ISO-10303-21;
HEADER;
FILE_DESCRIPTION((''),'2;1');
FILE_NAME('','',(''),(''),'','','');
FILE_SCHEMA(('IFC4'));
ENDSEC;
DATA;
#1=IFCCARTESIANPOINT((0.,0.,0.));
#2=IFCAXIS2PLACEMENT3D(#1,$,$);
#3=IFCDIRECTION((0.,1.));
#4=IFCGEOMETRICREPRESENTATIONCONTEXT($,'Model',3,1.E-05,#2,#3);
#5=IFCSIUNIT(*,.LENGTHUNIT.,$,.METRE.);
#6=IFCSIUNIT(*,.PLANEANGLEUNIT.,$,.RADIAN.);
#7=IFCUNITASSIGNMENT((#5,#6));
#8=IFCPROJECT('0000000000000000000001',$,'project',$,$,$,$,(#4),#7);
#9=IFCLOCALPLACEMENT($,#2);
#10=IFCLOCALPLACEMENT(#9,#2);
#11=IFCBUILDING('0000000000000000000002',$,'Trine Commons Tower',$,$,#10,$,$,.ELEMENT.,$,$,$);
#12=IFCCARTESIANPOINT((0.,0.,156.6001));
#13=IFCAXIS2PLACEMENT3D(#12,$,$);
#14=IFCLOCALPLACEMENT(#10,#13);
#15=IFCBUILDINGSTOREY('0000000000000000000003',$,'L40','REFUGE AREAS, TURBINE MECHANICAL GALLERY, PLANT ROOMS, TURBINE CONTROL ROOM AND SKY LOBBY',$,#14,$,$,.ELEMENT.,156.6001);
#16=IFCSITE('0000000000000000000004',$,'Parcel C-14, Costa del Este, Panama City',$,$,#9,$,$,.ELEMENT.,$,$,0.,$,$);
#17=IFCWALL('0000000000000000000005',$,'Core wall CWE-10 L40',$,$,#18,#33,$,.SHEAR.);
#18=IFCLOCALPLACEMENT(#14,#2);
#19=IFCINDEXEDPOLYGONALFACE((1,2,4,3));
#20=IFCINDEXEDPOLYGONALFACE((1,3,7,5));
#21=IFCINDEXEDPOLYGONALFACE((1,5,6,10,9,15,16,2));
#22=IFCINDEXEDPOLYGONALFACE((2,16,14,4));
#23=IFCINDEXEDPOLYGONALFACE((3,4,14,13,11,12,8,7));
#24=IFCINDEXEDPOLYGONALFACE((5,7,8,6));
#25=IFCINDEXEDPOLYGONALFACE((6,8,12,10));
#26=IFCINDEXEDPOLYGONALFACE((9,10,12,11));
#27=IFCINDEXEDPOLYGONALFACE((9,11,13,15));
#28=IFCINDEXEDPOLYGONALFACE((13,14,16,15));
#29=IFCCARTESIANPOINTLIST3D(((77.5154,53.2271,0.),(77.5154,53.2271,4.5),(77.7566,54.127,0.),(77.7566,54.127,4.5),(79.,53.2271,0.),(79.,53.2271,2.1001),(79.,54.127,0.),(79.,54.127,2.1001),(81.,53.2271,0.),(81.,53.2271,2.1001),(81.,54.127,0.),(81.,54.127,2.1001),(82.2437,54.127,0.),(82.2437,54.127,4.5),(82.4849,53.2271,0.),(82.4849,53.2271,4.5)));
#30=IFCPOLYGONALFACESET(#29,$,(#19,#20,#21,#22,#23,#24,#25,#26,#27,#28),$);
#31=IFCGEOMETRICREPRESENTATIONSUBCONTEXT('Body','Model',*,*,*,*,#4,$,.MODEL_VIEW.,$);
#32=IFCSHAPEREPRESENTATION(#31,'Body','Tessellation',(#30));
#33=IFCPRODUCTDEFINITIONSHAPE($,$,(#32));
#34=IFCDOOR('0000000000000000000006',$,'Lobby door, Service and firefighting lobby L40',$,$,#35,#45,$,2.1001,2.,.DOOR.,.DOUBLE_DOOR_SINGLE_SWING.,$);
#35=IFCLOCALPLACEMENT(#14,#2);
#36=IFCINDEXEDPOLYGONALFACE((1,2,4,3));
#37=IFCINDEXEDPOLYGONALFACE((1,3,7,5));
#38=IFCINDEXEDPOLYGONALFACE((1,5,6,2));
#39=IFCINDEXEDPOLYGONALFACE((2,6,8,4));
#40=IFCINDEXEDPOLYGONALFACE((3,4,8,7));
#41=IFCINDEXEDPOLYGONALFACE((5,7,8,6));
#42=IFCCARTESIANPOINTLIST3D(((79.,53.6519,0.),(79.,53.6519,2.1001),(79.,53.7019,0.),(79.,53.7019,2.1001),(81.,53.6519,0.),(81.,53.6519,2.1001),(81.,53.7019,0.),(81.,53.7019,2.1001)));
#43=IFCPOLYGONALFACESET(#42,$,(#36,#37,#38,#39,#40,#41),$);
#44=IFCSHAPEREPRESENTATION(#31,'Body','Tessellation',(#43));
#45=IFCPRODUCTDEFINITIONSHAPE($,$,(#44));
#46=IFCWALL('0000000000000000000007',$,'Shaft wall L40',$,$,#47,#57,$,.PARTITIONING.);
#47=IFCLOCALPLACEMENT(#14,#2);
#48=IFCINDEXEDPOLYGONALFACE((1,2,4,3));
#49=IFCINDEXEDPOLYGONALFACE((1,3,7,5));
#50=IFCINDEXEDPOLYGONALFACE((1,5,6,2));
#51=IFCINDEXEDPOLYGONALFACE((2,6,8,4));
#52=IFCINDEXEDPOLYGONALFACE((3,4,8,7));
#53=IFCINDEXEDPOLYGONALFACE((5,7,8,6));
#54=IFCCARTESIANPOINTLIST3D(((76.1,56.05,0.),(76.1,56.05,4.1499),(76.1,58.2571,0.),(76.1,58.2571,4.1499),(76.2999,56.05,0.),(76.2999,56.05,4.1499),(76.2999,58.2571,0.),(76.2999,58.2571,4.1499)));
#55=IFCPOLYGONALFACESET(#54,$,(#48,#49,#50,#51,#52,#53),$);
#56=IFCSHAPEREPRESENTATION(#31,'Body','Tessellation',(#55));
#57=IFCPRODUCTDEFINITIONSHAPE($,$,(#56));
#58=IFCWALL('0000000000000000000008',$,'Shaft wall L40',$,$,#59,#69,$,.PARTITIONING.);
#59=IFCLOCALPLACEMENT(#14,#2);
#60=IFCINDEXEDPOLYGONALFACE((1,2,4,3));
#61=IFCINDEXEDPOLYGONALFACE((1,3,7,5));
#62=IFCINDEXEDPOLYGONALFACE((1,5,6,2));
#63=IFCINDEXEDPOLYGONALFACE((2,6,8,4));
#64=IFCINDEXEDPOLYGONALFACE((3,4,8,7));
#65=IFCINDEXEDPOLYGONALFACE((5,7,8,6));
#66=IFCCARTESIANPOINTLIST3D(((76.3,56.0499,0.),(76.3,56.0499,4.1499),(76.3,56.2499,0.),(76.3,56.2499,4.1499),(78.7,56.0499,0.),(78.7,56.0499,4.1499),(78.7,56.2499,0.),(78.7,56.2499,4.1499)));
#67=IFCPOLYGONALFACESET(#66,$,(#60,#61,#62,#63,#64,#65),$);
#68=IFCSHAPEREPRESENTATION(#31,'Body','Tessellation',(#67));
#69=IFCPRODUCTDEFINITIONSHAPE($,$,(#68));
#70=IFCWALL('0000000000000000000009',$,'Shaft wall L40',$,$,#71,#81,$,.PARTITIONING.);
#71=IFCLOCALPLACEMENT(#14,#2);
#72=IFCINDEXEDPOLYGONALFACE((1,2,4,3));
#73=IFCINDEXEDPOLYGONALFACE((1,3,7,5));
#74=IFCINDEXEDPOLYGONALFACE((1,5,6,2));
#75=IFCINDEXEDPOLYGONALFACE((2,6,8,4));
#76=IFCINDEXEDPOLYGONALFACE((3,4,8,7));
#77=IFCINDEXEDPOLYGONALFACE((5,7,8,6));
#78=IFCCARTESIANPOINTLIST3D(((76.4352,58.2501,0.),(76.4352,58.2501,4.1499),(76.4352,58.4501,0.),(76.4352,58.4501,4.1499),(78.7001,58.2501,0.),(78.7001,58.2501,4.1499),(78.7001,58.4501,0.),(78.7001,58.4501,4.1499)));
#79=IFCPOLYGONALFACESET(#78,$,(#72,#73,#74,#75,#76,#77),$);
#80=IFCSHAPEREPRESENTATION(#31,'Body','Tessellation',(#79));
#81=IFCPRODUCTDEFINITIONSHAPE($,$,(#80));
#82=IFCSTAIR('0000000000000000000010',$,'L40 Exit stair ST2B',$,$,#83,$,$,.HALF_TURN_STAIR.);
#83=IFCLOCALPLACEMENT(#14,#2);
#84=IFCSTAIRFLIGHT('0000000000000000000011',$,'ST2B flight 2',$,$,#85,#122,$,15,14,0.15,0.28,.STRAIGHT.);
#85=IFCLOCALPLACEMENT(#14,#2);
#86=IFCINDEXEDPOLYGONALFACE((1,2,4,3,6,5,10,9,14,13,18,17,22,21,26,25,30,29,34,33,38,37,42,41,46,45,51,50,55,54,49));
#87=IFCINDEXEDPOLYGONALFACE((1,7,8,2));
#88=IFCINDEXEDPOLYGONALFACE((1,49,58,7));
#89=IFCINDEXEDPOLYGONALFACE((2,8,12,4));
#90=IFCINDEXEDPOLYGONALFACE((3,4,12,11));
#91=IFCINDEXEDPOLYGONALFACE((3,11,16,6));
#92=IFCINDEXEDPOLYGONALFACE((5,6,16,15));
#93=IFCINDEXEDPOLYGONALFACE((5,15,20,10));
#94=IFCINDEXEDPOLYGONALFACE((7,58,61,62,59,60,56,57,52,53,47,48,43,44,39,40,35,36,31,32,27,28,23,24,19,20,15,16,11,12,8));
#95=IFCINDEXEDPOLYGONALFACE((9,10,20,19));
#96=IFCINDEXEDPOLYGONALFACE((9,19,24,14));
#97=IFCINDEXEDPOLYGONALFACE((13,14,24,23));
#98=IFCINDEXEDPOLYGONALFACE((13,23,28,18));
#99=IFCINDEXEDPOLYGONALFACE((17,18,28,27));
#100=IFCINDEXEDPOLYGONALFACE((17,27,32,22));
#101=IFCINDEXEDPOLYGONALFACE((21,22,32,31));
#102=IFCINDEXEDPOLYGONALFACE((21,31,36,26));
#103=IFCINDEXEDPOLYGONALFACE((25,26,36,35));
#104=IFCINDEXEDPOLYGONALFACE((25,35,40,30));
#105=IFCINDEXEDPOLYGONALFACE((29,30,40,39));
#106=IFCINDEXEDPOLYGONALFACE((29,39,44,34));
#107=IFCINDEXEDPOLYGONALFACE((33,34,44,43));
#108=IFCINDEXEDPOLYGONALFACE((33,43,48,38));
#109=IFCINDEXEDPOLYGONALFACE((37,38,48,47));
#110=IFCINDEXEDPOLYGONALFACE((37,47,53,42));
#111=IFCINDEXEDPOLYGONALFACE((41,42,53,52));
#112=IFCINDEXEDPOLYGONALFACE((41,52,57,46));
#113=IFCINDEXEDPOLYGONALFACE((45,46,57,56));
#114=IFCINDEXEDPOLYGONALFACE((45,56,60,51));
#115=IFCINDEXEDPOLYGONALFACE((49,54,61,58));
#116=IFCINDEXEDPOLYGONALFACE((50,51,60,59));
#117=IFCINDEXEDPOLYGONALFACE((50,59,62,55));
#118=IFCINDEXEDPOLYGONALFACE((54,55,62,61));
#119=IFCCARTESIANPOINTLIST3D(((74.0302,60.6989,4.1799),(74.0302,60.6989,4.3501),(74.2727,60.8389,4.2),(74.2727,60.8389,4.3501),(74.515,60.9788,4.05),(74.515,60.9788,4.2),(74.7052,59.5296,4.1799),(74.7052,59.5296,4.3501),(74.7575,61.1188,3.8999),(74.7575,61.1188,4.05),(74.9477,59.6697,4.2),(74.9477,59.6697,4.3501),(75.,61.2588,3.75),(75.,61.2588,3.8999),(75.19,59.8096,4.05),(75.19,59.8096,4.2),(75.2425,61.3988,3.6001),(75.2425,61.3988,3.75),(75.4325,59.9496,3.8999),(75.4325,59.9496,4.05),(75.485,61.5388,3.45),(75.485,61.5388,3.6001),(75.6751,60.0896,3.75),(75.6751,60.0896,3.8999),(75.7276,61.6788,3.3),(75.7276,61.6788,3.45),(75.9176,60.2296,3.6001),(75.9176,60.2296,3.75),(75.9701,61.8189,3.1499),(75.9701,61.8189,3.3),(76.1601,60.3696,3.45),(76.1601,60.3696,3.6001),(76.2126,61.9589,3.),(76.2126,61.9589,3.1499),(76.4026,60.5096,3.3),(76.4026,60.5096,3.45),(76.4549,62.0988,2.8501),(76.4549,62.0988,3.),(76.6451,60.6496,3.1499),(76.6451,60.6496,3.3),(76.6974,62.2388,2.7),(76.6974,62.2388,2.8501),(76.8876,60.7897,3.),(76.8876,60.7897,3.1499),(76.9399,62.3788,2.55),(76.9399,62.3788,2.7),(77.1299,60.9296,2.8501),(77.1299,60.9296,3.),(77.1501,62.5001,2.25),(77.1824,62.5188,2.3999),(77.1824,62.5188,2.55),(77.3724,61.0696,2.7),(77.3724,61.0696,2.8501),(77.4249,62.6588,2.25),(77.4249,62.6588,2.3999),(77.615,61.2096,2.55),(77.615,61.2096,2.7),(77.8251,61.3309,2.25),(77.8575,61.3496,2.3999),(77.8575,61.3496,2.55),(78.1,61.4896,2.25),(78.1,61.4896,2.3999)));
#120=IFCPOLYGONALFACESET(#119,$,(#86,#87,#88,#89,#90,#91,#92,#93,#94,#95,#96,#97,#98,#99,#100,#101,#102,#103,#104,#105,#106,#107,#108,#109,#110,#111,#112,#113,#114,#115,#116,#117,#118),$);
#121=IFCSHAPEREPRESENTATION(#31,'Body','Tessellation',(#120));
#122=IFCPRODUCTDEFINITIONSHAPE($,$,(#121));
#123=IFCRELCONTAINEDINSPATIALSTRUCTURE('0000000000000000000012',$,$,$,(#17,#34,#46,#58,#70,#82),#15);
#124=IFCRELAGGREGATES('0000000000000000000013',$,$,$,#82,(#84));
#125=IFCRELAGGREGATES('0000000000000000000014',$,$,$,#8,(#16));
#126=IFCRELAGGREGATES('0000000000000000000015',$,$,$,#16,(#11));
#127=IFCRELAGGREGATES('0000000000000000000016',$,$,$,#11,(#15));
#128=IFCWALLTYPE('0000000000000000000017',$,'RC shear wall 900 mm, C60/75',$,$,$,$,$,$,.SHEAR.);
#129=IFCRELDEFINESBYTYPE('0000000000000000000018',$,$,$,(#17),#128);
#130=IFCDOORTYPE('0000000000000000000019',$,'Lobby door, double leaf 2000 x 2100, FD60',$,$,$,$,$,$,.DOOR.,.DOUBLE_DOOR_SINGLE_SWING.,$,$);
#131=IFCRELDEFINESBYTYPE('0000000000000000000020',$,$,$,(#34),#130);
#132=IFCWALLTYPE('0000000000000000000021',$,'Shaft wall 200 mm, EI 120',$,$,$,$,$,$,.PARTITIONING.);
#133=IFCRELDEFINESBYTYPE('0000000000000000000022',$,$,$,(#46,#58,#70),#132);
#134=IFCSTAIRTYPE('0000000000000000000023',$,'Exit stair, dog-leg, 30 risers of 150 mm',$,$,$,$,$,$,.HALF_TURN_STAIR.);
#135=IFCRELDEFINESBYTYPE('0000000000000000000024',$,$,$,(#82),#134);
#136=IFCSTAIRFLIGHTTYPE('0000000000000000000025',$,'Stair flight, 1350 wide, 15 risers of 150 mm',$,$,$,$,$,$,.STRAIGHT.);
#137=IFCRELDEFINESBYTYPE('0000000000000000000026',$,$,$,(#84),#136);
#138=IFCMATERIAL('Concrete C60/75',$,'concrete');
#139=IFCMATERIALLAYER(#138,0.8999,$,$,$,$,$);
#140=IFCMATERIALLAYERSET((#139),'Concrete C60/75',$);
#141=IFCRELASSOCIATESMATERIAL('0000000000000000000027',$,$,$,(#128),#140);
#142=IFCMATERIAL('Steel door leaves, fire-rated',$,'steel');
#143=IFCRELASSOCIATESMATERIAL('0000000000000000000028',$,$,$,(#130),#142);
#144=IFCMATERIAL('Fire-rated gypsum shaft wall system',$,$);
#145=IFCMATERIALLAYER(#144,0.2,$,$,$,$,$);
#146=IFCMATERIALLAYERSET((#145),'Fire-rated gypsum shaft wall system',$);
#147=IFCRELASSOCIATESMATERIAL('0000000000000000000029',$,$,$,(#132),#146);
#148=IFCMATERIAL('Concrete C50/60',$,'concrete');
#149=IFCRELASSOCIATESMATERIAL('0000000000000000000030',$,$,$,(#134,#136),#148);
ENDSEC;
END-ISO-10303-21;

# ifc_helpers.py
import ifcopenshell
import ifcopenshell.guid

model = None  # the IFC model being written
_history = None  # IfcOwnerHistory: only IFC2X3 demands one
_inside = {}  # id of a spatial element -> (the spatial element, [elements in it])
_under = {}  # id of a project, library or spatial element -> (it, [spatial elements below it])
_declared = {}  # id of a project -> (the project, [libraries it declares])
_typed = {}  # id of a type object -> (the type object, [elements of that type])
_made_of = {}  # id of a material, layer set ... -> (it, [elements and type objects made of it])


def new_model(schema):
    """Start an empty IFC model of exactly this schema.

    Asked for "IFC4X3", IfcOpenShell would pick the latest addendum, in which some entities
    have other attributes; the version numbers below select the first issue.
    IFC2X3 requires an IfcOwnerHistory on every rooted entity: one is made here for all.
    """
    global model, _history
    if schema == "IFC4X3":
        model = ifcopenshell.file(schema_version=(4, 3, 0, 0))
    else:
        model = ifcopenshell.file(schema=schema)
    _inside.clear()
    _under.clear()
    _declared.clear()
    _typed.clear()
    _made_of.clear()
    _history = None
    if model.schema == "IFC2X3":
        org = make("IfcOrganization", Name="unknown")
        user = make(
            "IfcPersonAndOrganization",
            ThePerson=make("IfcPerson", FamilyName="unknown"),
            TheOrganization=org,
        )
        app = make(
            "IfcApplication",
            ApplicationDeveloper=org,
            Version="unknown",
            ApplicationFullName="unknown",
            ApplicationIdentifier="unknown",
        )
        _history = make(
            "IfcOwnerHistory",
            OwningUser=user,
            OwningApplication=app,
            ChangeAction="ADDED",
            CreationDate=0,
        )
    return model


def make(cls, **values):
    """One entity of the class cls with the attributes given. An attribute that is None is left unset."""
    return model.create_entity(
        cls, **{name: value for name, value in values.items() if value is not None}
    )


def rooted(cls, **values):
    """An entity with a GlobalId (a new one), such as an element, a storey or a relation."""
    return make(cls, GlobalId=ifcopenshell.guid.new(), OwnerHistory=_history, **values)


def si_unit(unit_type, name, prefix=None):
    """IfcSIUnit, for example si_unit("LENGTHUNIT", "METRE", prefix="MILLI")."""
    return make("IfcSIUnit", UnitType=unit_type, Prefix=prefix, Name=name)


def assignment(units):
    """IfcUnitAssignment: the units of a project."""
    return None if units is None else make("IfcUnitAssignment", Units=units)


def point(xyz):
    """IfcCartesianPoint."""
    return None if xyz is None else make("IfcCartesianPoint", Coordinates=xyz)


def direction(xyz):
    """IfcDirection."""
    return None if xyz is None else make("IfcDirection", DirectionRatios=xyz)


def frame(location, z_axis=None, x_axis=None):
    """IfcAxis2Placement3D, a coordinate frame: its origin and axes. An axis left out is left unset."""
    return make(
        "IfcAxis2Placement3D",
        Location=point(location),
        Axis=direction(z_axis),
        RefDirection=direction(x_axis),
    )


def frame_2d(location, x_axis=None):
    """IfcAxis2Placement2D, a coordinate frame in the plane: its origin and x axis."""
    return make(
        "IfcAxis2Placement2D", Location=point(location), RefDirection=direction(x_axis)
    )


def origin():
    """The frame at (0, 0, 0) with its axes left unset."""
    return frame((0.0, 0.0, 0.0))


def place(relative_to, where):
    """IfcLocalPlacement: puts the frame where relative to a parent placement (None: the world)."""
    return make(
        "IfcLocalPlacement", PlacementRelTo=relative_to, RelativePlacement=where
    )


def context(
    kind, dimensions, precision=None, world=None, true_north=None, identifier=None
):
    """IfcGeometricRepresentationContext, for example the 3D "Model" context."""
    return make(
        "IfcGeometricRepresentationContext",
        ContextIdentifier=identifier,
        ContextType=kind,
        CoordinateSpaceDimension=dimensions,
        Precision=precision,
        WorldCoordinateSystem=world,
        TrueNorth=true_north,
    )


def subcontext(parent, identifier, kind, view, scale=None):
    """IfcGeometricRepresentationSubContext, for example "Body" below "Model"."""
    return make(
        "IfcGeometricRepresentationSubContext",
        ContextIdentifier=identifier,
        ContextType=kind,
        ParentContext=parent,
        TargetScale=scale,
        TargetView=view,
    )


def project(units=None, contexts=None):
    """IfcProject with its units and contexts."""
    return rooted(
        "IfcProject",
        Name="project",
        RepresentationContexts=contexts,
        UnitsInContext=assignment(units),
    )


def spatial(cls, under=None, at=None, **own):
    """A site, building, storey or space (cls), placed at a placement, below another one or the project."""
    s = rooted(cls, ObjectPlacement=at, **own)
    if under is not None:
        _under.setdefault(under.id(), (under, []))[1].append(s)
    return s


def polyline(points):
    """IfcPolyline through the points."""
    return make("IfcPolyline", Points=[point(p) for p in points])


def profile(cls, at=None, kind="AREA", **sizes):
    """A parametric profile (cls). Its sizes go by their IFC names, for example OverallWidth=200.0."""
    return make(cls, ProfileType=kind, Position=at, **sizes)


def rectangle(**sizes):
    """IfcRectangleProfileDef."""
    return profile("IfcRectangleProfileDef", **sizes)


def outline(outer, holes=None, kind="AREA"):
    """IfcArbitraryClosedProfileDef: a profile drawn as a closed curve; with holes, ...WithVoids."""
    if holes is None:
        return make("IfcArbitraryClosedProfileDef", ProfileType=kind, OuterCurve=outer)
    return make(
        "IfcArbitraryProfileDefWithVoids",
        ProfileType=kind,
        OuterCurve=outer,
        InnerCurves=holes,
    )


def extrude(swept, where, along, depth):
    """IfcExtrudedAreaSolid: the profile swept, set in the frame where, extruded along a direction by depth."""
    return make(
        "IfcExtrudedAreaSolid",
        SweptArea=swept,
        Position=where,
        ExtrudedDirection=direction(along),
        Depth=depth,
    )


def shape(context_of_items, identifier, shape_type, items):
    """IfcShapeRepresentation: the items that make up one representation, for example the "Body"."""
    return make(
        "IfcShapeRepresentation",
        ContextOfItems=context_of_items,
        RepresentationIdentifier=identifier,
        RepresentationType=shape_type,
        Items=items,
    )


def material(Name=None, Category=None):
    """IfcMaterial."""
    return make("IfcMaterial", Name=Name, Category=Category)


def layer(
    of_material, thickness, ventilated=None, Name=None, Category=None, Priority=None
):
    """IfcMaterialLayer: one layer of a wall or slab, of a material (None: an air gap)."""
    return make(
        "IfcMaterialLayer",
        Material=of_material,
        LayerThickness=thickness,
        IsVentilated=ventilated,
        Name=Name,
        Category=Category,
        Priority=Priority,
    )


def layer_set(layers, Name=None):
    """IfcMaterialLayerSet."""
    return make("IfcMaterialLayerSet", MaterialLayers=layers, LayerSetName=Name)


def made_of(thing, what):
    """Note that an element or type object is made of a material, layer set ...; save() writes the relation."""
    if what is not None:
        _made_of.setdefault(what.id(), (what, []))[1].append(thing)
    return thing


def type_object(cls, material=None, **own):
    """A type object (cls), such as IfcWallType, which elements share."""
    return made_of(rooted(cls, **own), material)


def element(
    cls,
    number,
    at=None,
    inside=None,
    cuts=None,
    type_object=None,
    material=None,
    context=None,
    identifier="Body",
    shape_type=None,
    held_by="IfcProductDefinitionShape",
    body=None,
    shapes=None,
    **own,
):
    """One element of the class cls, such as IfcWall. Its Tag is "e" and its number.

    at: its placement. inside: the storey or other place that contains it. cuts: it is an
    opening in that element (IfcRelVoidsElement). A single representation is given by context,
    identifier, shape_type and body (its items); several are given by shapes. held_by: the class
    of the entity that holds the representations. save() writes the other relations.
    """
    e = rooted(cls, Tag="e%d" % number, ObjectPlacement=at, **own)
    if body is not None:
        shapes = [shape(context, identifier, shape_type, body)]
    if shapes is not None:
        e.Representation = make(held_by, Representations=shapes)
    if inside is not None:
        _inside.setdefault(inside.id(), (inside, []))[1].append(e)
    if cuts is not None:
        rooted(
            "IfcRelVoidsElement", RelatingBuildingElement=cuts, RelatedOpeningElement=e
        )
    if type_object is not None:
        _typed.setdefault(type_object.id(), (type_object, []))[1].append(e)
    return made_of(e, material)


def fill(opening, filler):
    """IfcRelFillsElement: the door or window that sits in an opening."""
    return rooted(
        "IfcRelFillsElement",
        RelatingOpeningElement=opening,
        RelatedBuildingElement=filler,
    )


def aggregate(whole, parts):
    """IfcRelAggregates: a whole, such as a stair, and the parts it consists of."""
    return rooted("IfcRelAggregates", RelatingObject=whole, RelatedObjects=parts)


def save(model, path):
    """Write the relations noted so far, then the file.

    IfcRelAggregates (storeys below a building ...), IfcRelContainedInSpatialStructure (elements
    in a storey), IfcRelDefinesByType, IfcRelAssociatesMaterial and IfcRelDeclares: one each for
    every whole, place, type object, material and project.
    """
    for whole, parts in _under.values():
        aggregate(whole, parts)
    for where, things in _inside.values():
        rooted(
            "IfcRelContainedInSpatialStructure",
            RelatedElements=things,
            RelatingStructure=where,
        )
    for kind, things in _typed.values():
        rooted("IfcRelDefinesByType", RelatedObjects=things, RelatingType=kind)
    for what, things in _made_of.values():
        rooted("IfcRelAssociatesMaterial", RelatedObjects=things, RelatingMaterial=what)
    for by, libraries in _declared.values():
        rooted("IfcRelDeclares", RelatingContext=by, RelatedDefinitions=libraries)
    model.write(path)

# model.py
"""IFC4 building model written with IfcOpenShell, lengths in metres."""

from ifc_helpers import new_model, si_unit, direction, frame, frame_2d, origin, place, context, subcontext, project, spatial, polyline, rectangle, outline, extrude, material, layer, layer_set, type_object, element, fill, aggregate, save


model = new_model("IFC4")

# Units and contexts
model_context = context("Model", 3, precision=1e-05, world=origin(), true_north=direction((0.0, 1.0)))
body_context = subcontext(model_context, "Body", "Model", "MODEL_VIEW")
ifc_project = project(units=[si_unit("LENGTHUNIT", "METRE"), si_unit("PLANEANGLEUNIT", "RADIAN")], contexts=[model_context])

# Site, building, storey
site_placement = place(None, origin())
site = spatial("IfcSite", under=ifc_project, at=site_placement, Name="Parcel C-14, Costa del Este, Panama City", CompositionType="ELEMENT", RefElevation=0.0)
building_placement = place(site_placement, origin())
building = spatial("IfcBuilding", under=site, at=building_placement, Name="Trine Commons Tower", CompositionType="ELEMENT")
storey_placement = place(building_placement, frame((0.0, 0.0, 156.6001)))
storey = spatial("IfcBuildingStorey", under=building, at=storey_placement, Name="L40", Description="REFUGE AREAS, TURBINE MECHANICAL GALLERY, PLANT ROOMS, TURBINE CONTROL ROOM AND SKY LOBBY", CompositionType="ELEMENT", Elevation=156.6001)

# Shared definitions
ifc_material_1 = material(Name="Fire-rated gypsum shaft wall system")
ifc_material_2 = material(Name="Concrete C60/75", Category="concrete")

# Wall, opening, door
ifc_layer_1 = layer(ifc_material_2, 0.8999)
ifc_layer_set_1 = layer_set([ifc_layer_1], Name="Concrete C60/75")
wall_type_1 = type_object("IfcWallType", Name="RC shear wall 900 mm, C60/75", PredefinedType="SHEAR", material=ifc_layer_set_1)
wall_1_placement = place(storey_placement, frame((77.5154, 53.677, 0.0), z_axis=(0.0, 0.0, 1.0), x_axis=(1.0, 0.0, 0.0)))
wall_1 = element("IfcWall", 1, at=wall_1_placement, inside=storey, type_object=wall_type_1, Name="Core wall CWE-10 L40", PredefinedType="SHEAR", context=body_context, shape_type="SweptSolid", body=[
    extrude(outline(polyline([(0.0, -0.45), (4.9695, -0.45), (4.7283, 0.45), (0.2412, 0.45), (0.0, -0.45)])), origin(), (0.0, 0.0, 1.0), 4.5),
])
opening_1_placement = place(wall_1_placement, frame((1.4846, 0.0, 0.0)))
opening_1 = element("IfcOpeningElement", 2, at=opening_1_placement, cuts=wall_1, PredefinedType="OPENING", context=body_context, shape_type="SweptSolid", body=[
    extrude(rectangle(XDim=2.0, YDim=2.1001, at=frame_2d((1.0, 1.05))), frame((0.0, 0.46, 0.0), z_axis=(0.0, -1.0, 0.0), x_axis=(1.0, 0.0, 0.0)), (0.0, 0.0, 1.0), 0.9199),
])
ifc_material_3 = material(Name="Steel door leaves, fire-rated", Category="steel")
door_type_1 = type_object("IfcDoorType", Name="Lobby door, double leaf 2000 x 2100, FD60", OperationType="DOUBLE_DOOR_SINGLE_SWING", PredefinedType="DOOR", material=ifc_material_3)
door_1_placement = place(opening_1_placement, origin())
door_1 = element("IfcDoor", 3, at=door_1_placement, inside=storey, type_object=door_type_1, Name="Lobby door, Service and firefighting lobby L40", OperationType="DOUBLE_DOOR_SINGLE_SWING", OverallHeight=2.1001, OverallWidth=2.0, PredefinedType="DOOR", context=body_context, shape_type="SweptSolid", body=[
    extrude(rectangle(XDim=2.0, YDim=2.1001, at=frame_2d((1.0, 1.05))), frame((0.0, 0.0249, 0.0), z_axis=(0.0, -1.0, 0.0), x_axis=(1.0, 0.0, 0.0)), (0.0, 0.0, 1.0), 0.05),
])
fill(opening_1, door_1)

# Walls
ifc_layer_2 = layer(ifc_material_1, 0.2)
ifc_layer_set_2 = layer_set([ifc_layer_2], Name="Fire-rated gypsum shaft wall system")
wall_type_2 = type_object("IfcWallType", Name="Shaft wall 200 mm, EI 120", PredefinedType="PARTITIONING", material=ifc_layer_set_2)
wall_2_placement = place(storey_placement, frame((76.2, 58.2571, 0.0), z_axis=(0.0, 0.0, 1.0), x_axis=(0.0, -1.0, 0.0)))
element("IfcWall", 4, at=wall_2_placement, inside=storey, type_object=wall_type_2, Name="Shaft wall L40", PredefinedType="PARTITIONING", context=body_context, shape_type="SweptSolid", body=[
    extrude(rectangle(XDim=2.207, YDim=0.2, at=frame_2d((1.1035, 0.0))), origin(), (0.0, 0.0, 1.0), 4.1499),
])
wall_3_placement = place(storey_placement, frame((78.7, 56.1499, 0.0), z_axis=(0.0, 0.0, 1.0), x_axis=(-1.0, 0.0, 0.0)))
element("IfcWall", 5, at=wall_3_placement, inside=storey, type_object=wall_type_2, Name="Shaft wall L40", PredefinedType="PARTITIONING", context=body_context, shape_type="SweptSolid", body=[
    extrude(rectangle(XDim=2.3999, YDim=0.2, at=frame_2d((1.2, 0.0))), origin(), (0.0, 0.0, 1.0), 4.1499),
])
wall_4_placement = place(storey_placement, frame((78.7, 58.3501, 0.0), z_axis=(0.0, 0.0, 1.0), x_axis=(-1.0, 0.0, 0.0)))
element("IfcWall", 6, at=wall_4_placement, inside=storey, type_object=wall_type_2, Name="Shaft wall L40", PredefinedType="PARTITIONING", context=body_context, shape_type="SweptSolid", body=[
    extrude(rectangle(XDim=2.2649, YDim=0.2, at=frame_2d((1.1323, 0.0))), origin(), (0.0, 0.0, 1.0), 4.1499),
])

# Stair, stair flight
ifc_material_4 = material(Name="Concrete C50/60", Category="concrete")
stair_type = type_object("IfcStairType", Name="Exit stair, dog-leg, 30 risers of 150 mm", PredefinedType="HALF_TURN_STAIR", material=ifc_material_4)
stair_placement = place(storey_placement, origin())
stair = element("IfcStair", 7, at=stair_placement, inside=storey, type_object=stair_type, Name="L40 Exit stair ST2B", PredefinedType="HALF_TURN_STAIR")
stair_flight_type = type_object("IfcStairFlightType", Name="Stair flight, 1350 wide, 15 risers of 150 mm", PredefinedType="STRAIGHT", material=ifc_material_4)
stair_flight_placement = place(storey_placement, frame((77.7625, 62.0742, 2.25), z_axis=(0.0, 0.0, 1.0), x_axis=(-0.866025, -0.5, 0.0)))
stair_flight = element("IfcStairFlight", 8, at=stair_flight_placement, type_object=stair_flight_type, Name="ST2B flight 2", NumberOfRisers=15, NumberOfTreads=14, PredefinedType="STRAIGHT", RiserHeight=0.15, TreadLength=0.28, context=body_context, shape_type="SweptSolid", body=[
    extrude(outline(polyline([(0.0, 0.0), (0.0, 0.1499), (0.28, 0.1499), (0.28, 0.3), (0.5601, 0.3), (0.5601, 0.45), (0.8401, 0.45), (0.8401, 0.6001), (1.1201, 0.6001), (1.1201, 0.75), (1.3999, 0.75), (1.3999, 0.8999), (1.6799, 0.8999), (1.6799, 1.05), (1.96, 1.05), (1.96, 1.2), (2.24, 1.2), (2.24, 1.3501), (2.52, 1.3501), (2.52, 1.5), (2.8, 1.5), (2.8, 1.6499), (3.0801, 1.6499), (3.0801, 1.8), (3.3601, 1.8), (3.3601, 1.95), (3.6399, 1.95), (3.6399, 2.1001), (3.9199, 2.1001), (3.9199, 2.25), (3.9199, 1.9299), (0.3174, 0.0), (0.0, 0.0)])), frame((0.0, 0.675, 0.0), z_axis=(0.0, -1.0, 0.0), x_axis=(1.0, 0.0, 0.0)), (0.0, 0.0, 1.0), 1.3501),
])
aggregate(stair, [stair_flight])

save(model, "model.ifc")
